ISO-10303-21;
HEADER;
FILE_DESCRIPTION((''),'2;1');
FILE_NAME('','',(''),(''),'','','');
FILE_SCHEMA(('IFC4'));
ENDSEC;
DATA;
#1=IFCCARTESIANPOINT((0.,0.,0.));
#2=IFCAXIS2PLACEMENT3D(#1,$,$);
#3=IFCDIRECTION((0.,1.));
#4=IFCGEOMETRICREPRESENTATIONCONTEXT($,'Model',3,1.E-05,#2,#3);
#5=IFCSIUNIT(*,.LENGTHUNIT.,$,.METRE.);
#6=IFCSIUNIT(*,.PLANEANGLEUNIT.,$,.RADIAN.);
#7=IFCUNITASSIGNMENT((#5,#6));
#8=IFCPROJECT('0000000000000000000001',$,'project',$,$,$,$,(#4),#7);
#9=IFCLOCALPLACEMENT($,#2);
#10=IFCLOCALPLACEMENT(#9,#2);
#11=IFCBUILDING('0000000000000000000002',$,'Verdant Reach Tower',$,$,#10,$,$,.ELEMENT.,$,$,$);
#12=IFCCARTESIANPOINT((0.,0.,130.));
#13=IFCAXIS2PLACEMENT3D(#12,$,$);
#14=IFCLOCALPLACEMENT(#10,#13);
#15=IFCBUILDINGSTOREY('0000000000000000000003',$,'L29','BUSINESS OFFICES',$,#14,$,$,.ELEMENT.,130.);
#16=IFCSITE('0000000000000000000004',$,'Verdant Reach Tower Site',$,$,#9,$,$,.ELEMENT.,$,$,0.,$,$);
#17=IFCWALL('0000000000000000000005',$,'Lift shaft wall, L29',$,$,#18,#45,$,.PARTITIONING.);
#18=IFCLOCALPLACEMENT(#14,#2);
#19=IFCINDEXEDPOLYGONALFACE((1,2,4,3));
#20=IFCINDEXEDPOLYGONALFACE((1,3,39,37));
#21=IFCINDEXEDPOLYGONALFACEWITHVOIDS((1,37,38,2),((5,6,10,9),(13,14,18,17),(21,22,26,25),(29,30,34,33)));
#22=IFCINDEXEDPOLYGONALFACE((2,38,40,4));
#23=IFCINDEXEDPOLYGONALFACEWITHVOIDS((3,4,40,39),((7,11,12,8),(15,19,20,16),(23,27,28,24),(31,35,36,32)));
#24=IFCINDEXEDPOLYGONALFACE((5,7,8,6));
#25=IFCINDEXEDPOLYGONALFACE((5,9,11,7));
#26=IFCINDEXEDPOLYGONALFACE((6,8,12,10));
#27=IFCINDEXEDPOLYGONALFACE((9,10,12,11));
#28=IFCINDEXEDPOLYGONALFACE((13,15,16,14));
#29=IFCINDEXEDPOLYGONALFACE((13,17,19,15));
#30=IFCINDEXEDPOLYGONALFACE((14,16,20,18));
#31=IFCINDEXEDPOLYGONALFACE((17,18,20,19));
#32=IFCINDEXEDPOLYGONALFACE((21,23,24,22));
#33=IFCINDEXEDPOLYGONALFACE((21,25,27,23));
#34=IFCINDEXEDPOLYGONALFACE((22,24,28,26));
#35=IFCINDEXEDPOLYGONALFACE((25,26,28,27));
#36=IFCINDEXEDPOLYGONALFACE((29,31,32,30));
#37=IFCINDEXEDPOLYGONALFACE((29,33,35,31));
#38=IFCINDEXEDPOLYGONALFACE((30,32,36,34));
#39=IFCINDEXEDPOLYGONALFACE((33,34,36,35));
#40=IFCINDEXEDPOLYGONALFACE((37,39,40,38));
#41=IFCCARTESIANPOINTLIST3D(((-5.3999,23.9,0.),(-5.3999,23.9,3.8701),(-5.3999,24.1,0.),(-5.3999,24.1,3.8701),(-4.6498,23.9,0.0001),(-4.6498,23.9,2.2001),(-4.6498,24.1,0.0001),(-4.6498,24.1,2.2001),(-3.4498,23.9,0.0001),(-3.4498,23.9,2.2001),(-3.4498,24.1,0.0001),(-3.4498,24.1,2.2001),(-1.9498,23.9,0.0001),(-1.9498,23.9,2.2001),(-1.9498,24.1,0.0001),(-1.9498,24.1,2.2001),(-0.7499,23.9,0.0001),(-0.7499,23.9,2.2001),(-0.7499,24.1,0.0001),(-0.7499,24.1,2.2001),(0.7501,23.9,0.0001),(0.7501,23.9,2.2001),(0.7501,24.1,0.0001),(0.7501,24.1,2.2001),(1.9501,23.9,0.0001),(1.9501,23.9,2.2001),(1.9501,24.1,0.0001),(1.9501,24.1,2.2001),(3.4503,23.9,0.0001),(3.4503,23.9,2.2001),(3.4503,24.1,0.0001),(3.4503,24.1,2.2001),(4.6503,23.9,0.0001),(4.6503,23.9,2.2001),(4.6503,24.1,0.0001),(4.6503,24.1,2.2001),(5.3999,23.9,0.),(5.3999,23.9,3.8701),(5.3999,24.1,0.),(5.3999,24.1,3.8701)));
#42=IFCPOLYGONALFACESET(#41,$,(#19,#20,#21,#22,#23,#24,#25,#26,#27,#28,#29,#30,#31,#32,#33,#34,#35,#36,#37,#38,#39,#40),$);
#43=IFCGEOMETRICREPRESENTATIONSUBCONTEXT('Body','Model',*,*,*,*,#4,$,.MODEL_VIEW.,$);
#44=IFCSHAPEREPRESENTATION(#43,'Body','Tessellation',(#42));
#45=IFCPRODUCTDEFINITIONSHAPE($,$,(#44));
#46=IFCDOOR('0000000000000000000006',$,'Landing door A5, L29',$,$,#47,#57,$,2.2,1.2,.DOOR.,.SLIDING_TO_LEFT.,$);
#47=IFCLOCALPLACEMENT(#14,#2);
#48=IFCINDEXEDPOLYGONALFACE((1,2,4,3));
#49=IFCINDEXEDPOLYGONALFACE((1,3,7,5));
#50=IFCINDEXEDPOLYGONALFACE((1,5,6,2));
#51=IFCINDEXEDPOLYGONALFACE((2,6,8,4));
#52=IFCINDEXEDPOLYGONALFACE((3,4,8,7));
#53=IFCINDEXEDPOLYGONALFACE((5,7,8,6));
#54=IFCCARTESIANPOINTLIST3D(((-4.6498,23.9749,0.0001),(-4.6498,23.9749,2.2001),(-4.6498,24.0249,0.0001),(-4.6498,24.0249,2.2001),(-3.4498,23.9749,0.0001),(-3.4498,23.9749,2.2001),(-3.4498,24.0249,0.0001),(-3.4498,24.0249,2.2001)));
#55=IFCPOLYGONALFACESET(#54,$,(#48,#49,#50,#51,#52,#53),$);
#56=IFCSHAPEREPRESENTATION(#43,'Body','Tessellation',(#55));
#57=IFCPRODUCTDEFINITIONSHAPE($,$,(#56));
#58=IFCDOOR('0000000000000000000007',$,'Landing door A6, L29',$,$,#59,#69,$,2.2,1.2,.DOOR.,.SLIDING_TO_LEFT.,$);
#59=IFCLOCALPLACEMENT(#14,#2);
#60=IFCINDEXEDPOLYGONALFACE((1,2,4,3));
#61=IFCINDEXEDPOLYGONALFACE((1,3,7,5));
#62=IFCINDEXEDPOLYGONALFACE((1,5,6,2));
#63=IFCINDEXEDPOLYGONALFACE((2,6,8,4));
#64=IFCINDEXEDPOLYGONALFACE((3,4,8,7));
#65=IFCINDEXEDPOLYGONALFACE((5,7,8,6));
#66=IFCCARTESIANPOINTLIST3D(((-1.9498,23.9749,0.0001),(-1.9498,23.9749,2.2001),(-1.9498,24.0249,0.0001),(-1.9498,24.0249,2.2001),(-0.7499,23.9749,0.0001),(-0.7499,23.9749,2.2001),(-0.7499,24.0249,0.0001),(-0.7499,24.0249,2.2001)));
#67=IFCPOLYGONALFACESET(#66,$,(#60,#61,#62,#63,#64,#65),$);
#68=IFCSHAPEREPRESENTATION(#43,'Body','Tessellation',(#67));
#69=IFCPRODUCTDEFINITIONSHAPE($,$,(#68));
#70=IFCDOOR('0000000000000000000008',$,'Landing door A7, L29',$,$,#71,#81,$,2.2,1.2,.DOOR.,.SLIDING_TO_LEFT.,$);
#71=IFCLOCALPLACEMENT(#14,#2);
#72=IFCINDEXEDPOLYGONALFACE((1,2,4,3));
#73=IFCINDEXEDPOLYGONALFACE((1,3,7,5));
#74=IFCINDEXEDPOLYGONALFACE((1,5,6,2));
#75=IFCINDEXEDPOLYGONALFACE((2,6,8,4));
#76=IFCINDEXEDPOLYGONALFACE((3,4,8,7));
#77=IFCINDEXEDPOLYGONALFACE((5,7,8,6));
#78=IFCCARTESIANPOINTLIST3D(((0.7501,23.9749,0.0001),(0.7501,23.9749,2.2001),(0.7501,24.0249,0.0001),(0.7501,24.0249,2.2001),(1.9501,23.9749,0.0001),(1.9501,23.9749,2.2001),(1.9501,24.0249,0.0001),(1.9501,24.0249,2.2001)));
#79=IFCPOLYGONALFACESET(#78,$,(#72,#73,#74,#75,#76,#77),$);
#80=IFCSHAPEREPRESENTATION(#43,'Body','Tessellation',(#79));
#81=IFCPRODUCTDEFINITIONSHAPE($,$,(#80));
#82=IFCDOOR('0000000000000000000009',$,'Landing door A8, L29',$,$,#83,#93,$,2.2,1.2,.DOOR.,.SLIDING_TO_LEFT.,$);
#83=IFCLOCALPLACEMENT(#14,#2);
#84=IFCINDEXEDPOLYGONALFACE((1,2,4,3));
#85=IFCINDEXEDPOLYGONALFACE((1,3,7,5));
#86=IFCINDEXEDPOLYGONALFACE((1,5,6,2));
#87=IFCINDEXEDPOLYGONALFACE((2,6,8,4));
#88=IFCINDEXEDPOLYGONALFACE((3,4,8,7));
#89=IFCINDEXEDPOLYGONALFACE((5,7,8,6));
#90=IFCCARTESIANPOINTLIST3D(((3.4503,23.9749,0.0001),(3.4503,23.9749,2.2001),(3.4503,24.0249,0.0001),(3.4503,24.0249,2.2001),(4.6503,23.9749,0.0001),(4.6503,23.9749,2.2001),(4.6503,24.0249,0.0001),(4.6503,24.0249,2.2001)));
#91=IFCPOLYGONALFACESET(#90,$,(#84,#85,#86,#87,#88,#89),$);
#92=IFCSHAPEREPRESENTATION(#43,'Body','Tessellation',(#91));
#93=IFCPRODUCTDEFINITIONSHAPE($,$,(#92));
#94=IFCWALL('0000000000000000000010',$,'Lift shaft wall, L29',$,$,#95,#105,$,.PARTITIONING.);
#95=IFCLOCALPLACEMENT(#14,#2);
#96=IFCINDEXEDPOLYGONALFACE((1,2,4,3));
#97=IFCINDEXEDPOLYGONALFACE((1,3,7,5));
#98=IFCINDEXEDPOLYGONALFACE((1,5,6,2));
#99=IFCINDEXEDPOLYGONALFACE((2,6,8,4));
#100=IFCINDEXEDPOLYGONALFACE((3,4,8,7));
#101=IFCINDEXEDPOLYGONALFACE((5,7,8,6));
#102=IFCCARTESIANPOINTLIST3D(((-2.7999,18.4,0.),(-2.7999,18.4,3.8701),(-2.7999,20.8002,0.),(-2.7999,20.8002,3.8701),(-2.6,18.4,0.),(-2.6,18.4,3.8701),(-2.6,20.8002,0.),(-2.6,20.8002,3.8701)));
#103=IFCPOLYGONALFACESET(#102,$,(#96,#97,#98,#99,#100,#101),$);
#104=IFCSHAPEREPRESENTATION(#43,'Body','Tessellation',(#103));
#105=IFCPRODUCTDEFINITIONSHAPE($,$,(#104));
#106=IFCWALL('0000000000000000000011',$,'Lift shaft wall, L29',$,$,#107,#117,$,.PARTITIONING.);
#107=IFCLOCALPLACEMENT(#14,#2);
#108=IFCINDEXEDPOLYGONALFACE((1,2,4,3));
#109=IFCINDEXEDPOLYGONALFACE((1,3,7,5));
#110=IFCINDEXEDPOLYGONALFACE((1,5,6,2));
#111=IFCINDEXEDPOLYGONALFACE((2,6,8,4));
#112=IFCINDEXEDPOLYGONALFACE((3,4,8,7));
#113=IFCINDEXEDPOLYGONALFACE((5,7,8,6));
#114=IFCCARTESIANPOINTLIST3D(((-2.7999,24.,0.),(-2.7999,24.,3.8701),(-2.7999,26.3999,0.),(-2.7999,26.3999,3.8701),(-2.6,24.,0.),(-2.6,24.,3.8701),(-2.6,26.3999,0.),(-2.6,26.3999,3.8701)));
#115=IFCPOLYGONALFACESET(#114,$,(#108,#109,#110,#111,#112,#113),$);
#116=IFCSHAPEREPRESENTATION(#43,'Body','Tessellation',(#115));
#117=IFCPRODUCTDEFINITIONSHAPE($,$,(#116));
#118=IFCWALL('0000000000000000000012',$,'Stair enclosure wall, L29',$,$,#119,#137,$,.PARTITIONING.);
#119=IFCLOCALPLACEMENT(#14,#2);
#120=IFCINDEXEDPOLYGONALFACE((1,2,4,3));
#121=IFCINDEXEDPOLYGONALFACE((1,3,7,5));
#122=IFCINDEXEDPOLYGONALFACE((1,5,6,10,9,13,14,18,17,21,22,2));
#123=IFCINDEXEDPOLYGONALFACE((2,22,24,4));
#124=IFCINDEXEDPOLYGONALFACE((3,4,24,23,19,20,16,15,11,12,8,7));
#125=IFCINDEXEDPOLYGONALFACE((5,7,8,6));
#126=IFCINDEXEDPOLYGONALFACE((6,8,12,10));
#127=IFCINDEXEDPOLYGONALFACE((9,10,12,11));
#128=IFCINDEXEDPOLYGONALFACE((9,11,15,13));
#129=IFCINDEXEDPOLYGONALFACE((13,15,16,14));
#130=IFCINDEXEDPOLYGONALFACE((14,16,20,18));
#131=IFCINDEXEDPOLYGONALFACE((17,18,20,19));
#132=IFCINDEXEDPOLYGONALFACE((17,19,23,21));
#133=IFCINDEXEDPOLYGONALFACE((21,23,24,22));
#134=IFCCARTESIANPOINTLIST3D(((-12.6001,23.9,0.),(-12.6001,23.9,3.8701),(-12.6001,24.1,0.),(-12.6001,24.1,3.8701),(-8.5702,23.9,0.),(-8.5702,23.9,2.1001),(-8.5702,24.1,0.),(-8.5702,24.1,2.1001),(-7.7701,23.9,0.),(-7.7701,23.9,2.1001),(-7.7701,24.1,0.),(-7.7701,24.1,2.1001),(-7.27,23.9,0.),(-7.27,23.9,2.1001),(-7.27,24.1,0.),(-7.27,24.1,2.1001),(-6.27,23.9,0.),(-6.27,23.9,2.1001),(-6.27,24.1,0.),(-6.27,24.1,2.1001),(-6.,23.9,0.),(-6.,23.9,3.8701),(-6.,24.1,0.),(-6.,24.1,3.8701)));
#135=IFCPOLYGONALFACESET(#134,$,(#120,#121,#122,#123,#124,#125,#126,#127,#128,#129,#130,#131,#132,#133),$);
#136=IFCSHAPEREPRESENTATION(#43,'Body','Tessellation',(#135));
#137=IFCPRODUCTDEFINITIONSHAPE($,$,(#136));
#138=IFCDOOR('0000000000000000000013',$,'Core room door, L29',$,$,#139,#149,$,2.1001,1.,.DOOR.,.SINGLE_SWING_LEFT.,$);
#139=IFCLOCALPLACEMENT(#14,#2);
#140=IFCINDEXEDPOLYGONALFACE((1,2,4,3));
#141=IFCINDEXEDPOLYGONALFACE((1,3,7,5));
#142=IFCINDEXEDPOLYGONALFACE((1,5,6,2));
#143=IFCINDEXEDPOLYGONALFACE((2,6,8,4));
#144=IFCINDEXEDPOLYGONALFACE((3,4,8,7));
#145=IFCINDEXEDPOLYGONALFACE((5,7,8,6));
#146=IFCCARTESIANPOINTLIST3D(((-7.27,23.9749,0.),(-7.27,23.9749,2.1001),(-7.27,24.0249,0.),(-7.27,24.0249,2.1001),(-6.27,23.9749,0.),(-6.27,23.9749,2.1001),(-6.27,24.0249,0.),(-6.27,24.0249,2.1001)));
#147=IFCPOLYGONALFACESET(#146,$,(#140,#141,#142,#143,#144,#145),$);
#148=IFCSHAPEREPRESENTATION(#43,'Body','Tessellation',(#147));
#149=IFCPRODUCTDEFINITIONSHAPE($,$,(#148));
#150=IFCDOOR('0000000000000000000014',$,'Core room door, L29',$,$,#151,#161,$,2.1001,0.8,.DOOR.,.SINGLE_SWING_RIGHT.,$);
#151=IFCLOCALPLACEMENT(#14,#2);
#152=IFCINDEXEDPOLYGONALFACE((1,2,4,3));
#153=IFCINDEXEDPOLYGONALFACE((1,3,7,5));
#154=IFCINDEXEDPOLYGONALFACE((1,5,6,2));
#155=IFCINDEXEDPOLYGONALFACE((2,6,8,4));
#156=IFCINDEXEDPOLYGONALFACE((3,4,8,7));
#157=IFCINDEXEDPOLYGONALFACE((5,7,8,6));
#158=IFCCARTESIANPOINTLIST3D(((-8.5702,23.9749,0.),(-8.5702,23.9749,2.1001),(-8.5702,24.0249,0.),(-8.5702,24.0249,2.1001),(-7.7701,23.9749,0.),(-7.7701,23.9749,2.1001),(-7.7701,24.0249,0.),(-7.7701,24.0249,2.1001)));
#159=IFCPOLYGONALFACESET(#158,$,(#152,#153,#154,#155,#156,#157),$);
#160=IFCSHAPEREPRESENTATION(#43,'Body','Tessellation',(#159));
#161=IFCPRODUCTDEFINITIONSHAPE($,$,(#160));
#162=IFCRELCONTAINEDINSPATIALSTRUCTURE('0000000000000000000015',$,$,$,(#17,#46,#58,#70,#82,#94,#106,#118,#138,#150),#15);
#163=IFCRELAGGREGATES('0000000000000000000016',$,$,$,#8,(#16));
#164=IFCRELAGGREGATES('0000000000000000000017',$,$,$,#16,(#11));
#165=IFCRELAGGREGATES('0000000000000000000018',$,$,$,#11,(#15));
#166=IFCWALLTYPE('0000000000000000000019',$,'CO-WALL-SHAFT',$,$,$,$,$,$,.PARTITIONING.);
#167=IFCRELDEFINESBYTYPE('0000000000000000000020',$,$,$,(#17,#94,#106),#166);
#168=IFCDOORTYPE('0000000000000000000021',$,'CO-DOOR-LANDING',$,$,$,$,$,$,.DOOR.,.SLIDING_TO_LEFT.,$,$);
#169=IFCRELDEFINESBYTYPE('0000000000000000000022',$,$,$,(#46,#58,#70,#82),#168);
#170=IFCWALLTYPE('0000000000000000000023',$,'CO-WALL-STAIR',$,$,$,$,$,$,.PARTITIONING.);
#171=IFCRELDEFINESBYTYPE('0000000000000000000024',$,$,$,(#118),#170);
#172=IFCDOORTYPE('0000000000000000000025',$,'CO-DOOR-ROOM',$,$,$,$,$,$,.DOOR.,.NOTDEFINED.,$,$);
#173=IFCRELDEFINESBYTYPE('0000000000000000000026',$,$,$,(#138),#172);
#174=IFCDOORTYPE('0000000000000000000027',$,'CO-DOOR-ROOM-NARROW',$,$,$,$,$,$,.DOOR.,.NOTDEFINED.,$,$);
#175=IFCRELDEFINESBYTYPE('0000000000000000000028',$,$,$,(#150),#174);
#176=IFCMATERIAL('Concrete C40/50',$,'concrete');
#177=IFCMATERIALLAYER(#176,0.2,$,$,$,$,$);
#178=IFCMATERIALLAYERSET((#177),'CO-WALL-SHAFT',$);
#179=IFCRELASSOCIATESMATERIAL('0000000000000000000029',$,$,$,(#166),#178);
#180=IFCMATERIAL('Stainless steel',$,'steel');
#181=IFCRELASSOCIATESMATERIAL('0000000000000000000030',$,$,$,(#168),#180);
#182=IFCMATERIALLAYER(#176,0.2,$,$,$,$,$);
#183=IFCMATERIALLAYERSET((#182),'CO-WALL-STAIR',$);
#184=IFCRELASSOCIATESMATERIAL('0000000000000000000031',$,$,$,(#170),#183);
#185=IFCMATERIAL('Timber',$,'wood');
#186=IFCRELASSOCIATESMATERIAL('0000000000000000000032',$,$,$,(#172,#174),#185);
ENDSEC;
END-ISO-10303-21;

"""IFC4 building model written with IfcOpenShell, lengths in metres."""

from ifc_helpers import new_model, si_unit, direction, frame, frame_2d, origin, place, context, subcontext, project, spatial, rectangle, extrude, material, layer, layer_set, type_object, element, fill, save


model = new_model("IFC4")

# Units and contexts
model_context = context("Model", 3, precision=1e-05, world=origin(), true_north=direction((0.0, 1.0)))
body_context = subcontext(model_context, "Body", "Model", "MODEL_VIEW")
ifc_project = project(units=[si_unit("LENGTHUNIT", "METRE"), si_unit("PLANEANGLEUNIT", "RADIAN")], contexts=[model_context])

# Site, building, storey
site_placement = place(None, origin())
site = spatial("IfcSite", under=ifc_project, at=site_placement, Name="Verdant Reach Tower Site", CompositionType="ELEMENT", RefElevation=0.0)
building_placement = place(site_placement, origin())
building = spatial("IfcBuilding", under=site, at=building_placement, Name="Verdant Reach Tower", CompositionType="ELEMENT")
storey_placement = place(building_placement, frame((0.0, 0.0, 130.0)))
storey = spatial("IfcBuildingStorey", under=building, at=storey_placement, Name="L29", Description="BUSINESS OFFICES", CompositionType="ELEMENT", Elevation=130.0)

# Wall, openings, doors
ifc_material_1 = material(Name="Concrete C40/50", Category="concrete")
ifc_layer_1 = layer(ifc_material_1, 0.2)
ifc_layer_set_1 = layer_set([ifc_layer_1], Name="CO-WALL-SHAFT")
wall_type_1 = type_object("IfcWallType", Name="CO-WALL-SHAFT", PredefinedType="PARTITIONING", material=ifc_layer_set_1)
ifc_material_2 = material(Name="Stainless steel", Category="steel")
door_type_1 = type_object("IfcDoorType", Name="CO-DOOR-LANDING", OperationType="SLIDING_TO_LEFT", PredefinedType="DOOR", material=ifc_material_2)
wall_1_placement = place(storey_placement, frame((-5.3999, 24.0, 0.0), z_axis=(0.0, 0.0, 1.0), x_axis=(1.0, 0.0, 0.0)))
wall_1 = element("IfcWall", 1, at=wall_1_placement, inside=storey, type_object=wall_type_1, Name="Lift shaft wall, L29", PredefinedType="PARTITIONING", context=body_context, shape_type="SweptSolid", body=[
    extrude(rectangle(XDim=10.7998, YDim=0.2, at=frame_2d((5.3999, 0.0))), origin(), (0.0, 0.0, 1.0), 3.8701),
])
opening_1_placement = place(wall_1_placement, frame((0.75, 0.0, 0.0)))
opening_1 = element("IfcOpeningElement", 2, at=opening_1_placement, cuts=wall_1, PredefinedType="OPENING", context=body_context, shape_type="SweptSolid", body=[
    extrude(rectangle(XDim=1.2, YDim=2.2, at=frame_2d((0.6001, 1.1001))), frame((0.0, 0.1099, 0.0), z_axis=(0.0, -1.0, 0.0), x_axis=(1.0, 0.0, 0.0)), (0.0, 0.0, 1.0), 0.22),
])
opening_2_placement = place(wall_1_placement, frame((3.45, 0.0, 0.0)))
opening_2 = element("IfcOpeningElement", 3, at=opening_2_placement, cuts=wall_1, PredefinedType="OPENING", context=body_context, shape_type="SweptSolid", body=[
    extrude(rectangle(XDim=1.2, YDim=2.2, at=frame_2d((0.6001, 1.1001))), frame((0.0, 0.1099, 0.0), z_axis=(0.0, -1.0, 0.0), x_axis=(1.0, 0.0, 0.0)), (0.0, 0.0, 1.0), 0.22),
])
opening_3_placement = place(wall_1_placement, frame((6.1499, 0.0, 0.0)))
opening_3 = element("IfcOpeningElement", 4, at=opening_3_placement, cuts=wall_1, PredefinedType="OPENING", context=body_context, shape_type="SweptSolid", body=[
    extrude(rectangle(XDim=1.2, YDim=2.2, at=frame_2d((0.6001, 1.1001))), frame((0.0, 0.1099, 0.0), z_axis=(0.0, -1.0, 0.0), x_axis=(1.0, 0.0, 0.0)), (0.0, 0.0, 1.0), 0.22),
])
opening_4_placement = place(wall_1_placement, frame((8.8501, 0.0, 0.0)))
opening_4 = element("IfcOpeningElement", 5, at=opening_4_placement, cuts=wall_1, PredefinedType="OPENING", context=body_context, shape_type="SweptSolid", body=[
    extrude(rectangle(XDim=1.2, YDim=2.2, at=frame_2d((0.6001, 1.1001))), frame((0.0, 0.1099, 0.0), z_axis=(0.0, -1.0, 0.0), x_axis=(1.0, 0.0, 0.0)), (0.0, 0.0, 1.0), 0.22),
])
door_1_placement = place(opening_1_placement, origin())
door_1 = element("IfcDoor", 6, at=door_1_placement, inside=storey, type_object=door_type_1, Name="Landing door A5, L29", OperationType="SLIDING_TO_LEFT", OverallHeight=2.2, OverallWidth=1.2, PredefinedType="DOOR", context=body_context, shape_type="SweptSolid", body=[
    extrude(rectangle(XDim=1.2, YDim=2.2, at=frame_2d((0.6001, 1.1001))), frame((0.0, 0.0249, 0.0), z_axis=(0.0, -1.0, 0.0), x_axis=(1.0, 0.0, 0.0)), (0.0, 0.0, 1.0), 0.05),
])
fill(opening_1, door_1)
door_2_placement = place(opening_2_placement, origin())
door_2 = element("IfcDoor", 7, at=door_2_placement, inside=storey, type_object=door_type_1, Name="Landing door A6, L29", OperationType="SLIDING_TO_LEFT", OverallHeight=2.2, OverallWidth=1.2, PredefinedType="DOOR", context=body_context, shape_type="SweptSolid", body=[
    extrude(rectangle(XDim=1.2, YDim=2.2, at=frame_2d((0.6001, 1.1001))), frame((0.0, 0.0249, 0.0), z_axis=(0.0, -1.0, 0.0), x_axis=(1.0, 0.0, 0.0)), (0.0, 0.0, 1.0), 0.05),
])
fill(opening_2, door_2)
door_3_placement = place(opening_3_placement, origin())
door_3 = element("IfcDoor", 8, at=door_3_placement, inside=storey, type_object=door_type_1, Name="Landing door A7, L29", OperationType="SLIDING_TO_LEFT", OverallHeight=2.2, OverallWidth=1.2, PredefinedType="DOOR", context=body_context, shape_type="SweptSolid", body=[
    extrude(rectangle(XDim=1.2, YDim=2.2, at=frame_2d((0.6001, 1.1001))), frame((0.0, 0.0249, 0.0), z_axis=(0.0, -1.0, 0.0), x_axis=(1.0, 0.0, 0.0)), (0.0, 0.0, 1.0), 0.05),
])
fill(opening_3, door_3)
door_4_placement = place(opening_4_placement, origin())
door_4 = element("IfcDoor", 9, at=door_4_placement, inside=storey, type_object=door_type_1, Name="Landing door A8, L29", OperationType="SLIDING_TO_LEFT", OverallHeight=2.2, OverallWidth=1.2, PredefinedType="DOOR", context=body_context, shape_type="SweptSolid", body=[
    extrude(rectangle(XDim=1.2, YDim=2.2, at=frame_2d((0.6001, 1.1001))), frame((0.0, 0.0249, 0.0), z_axis=(0.0, -1.0, 0.0), x_axis=(1.0, 0.0, 0.0)), (0.0, 0.0, 1.0), 0.05),
])
fill(opening_4, door_4)

# Walls
wall_2_placement = place(storey_placement, frame((-2.7, 18.3999, 0.0), z_axis=(0.0, 0.0, 1.0), x_axis=(0.0, 1.0, 0.0)))
element("IfcWall", 10, at=wall_2_placement, inside=storey, type_object=wall_type_1, Name="Lift shaft wall, L29", PredefinedType="PARTITIONING", context=body_context, shape_type="SweptSolid", body=[
    extrude(rectangle(XDim=2.4001, YDim=0.2, at=frame_2d((1.2002, 0.0))), origin(), (0.0, 0.0, 1.0), 3.8701),
])
wall_3_placement = place(storey_placement, frame((-2.7, 24.0, 0.0), z_axis=(0.0, 0.0, 1.0), x_axis=(0.0, 1.0, 0.0)))
element("IfcWall", 11, at=wall_3_placement, inside=storey, type_object=wall_type_1, Name="Lift shaft wall, L29", PredefinedType="PARTITIONING", context=body_context, shape_type="SweptSolid", body=[
    extrude(rectangle(XDim=2.3999, YDim=0.2, at=frame_2d((1.2, 0.0))), origin(), (0.0, 0.0, 1.0), 3.8701),
])

# Wall, openings, doors
ifc_layer_2 = layer(ifc_material_1, 0.2)
ifc_layer_set_2 = layer_set([ifc_layer_2], Name="CO-WALL-STAIR")
wall_type_2 = type_object("IfcWallType", Name="CO-WALL-STAIR", PredefinedType="PARTITIONING", material=ifc_layer_set_2)
wall_4_placement = place(storey_placement, frame((-12.6001, 24.0, 0.0), z_axis=(0.0, 0.0, 1.0), x_axis=(1.0, 0.0, 0.0)))
wall_4 = element("IfcWall", 12, at=wall_4_placement, inside=storey, type_object=wall_type_2, Name="Stair enclosure wall, L29", PredefinedType="PARTITIONING", context=body_context, shape_type="SweptSolid", body=[
    extrude(rectangle(XDim=6.6001, YDim=0.2, at=frame_2d((3.3, 0.0))), origin(), (0.0, 0.0, 1.0), 3.8701),
])
opening_5_placement = place(wall_4_placement, frame((4.03, 0.0, 0.0)))
opening_5 = element("IfcOpeningElement", 13, at=opening_5_placement, cuts=wall_4, PredefinedType="OPENING", context=body_context, shape_type="SweptSolid", body=[
    extrude(rectangle(XDim=0.8, YDim=2.1001, at=frame_2d((0.3999, 1.05))), frame((0.0, 0.1099, 0.0), z_axis=(0.0, -1.0, 0.0), x_axis=(1.0, 0.0, 0.0)), (0.0, 0.0, 1.0), 0.22),
])
opening_6_placement = place(wall_4_placement, frame((5.3301, 0.0, 0.0)))
opening_6 = element("IfcOpeningElement", 14, at=opening_6_placement, cuts=wall_4, PredefinedType="OPENING", context=body_context, shape_type="SweptSolid", body=[
    extrude(rectangle(XDim=1.0, YDim=2.1001, at=frame_2d((0.5, 1.05))), frame((0.0, 0.1099, 0.0), z_axis=(0.0, -1.0, 0.0), x_axis=(1.0, 0.0, 0.0)), (0.0, 0.0, 1.0), 0.22),
])
ifc_material_3 = material(Name="Timber", Category="wood")
door_type_2 = type_object("IfcDoorType", Name="CO-DOOR-ROOM", OperationType="NOTDEFINED", PredefinedType="DOOR", material=ifc_material_3)
door_5_placement = place(opening_6_placement, origin())
door_5 = element("IfcDoor", 15, at=door_5_placement, inside=storey, type_object=door_type_2, Name="Core room door, L29", OperationType="SINGLE_SWING_LEFT", OverallHeight=2.1001, OverallWidth=1.0, PredefinedType="DOOR", context=body_context, shape_type="SweptSolid", body=[
    extrude(rectangle(XDim=1.0, YDim=2.1001, at=frame_2d((0.5, 1.05))), frame((0.0, 0.0249, 0.0), z_axis=(0.0, -1.0, 0.0), x_axis=(1.0, 0.0, 0.0)), (0.0, 0.0, 1.0), 0.05),
])
fill(opening_6, door_5)
door_type_3 = type_object("IfcDoorType", Name="CO-DOOR-ROOM-NARROW", OperationType="NOTDEFINED", PredefinedType="DOOR", material=ifc_material_3)
door_6_placement = place(opening_5_placement, origin())
door_6 = element("IfcDoor", 16, at=door_6_placement, inside=storey, type_object=door_type_3, Name="Core room door, L29", OperationType="SINGLE_SWING_RIGHT", OverallHeight=2.1001, OverallWidth=0.8, PredefinedType="DOOR", context=body_context, shape_type="SweptSolid", body=[
    extrude(rectangle(XDim=0.8, YDim=2.1001, at=frame_2d((0.3999, 1.05))), frame((0.0, 0.0249, 0.0), z_axis=(0.0, -1.0, 0.0), x_axis=(1.0, 0.0, 0.0)), (0.0, 0.0, 1.0), 0.05),
])
fill(opening_5, door_6)

save(model, "model.ifc")
